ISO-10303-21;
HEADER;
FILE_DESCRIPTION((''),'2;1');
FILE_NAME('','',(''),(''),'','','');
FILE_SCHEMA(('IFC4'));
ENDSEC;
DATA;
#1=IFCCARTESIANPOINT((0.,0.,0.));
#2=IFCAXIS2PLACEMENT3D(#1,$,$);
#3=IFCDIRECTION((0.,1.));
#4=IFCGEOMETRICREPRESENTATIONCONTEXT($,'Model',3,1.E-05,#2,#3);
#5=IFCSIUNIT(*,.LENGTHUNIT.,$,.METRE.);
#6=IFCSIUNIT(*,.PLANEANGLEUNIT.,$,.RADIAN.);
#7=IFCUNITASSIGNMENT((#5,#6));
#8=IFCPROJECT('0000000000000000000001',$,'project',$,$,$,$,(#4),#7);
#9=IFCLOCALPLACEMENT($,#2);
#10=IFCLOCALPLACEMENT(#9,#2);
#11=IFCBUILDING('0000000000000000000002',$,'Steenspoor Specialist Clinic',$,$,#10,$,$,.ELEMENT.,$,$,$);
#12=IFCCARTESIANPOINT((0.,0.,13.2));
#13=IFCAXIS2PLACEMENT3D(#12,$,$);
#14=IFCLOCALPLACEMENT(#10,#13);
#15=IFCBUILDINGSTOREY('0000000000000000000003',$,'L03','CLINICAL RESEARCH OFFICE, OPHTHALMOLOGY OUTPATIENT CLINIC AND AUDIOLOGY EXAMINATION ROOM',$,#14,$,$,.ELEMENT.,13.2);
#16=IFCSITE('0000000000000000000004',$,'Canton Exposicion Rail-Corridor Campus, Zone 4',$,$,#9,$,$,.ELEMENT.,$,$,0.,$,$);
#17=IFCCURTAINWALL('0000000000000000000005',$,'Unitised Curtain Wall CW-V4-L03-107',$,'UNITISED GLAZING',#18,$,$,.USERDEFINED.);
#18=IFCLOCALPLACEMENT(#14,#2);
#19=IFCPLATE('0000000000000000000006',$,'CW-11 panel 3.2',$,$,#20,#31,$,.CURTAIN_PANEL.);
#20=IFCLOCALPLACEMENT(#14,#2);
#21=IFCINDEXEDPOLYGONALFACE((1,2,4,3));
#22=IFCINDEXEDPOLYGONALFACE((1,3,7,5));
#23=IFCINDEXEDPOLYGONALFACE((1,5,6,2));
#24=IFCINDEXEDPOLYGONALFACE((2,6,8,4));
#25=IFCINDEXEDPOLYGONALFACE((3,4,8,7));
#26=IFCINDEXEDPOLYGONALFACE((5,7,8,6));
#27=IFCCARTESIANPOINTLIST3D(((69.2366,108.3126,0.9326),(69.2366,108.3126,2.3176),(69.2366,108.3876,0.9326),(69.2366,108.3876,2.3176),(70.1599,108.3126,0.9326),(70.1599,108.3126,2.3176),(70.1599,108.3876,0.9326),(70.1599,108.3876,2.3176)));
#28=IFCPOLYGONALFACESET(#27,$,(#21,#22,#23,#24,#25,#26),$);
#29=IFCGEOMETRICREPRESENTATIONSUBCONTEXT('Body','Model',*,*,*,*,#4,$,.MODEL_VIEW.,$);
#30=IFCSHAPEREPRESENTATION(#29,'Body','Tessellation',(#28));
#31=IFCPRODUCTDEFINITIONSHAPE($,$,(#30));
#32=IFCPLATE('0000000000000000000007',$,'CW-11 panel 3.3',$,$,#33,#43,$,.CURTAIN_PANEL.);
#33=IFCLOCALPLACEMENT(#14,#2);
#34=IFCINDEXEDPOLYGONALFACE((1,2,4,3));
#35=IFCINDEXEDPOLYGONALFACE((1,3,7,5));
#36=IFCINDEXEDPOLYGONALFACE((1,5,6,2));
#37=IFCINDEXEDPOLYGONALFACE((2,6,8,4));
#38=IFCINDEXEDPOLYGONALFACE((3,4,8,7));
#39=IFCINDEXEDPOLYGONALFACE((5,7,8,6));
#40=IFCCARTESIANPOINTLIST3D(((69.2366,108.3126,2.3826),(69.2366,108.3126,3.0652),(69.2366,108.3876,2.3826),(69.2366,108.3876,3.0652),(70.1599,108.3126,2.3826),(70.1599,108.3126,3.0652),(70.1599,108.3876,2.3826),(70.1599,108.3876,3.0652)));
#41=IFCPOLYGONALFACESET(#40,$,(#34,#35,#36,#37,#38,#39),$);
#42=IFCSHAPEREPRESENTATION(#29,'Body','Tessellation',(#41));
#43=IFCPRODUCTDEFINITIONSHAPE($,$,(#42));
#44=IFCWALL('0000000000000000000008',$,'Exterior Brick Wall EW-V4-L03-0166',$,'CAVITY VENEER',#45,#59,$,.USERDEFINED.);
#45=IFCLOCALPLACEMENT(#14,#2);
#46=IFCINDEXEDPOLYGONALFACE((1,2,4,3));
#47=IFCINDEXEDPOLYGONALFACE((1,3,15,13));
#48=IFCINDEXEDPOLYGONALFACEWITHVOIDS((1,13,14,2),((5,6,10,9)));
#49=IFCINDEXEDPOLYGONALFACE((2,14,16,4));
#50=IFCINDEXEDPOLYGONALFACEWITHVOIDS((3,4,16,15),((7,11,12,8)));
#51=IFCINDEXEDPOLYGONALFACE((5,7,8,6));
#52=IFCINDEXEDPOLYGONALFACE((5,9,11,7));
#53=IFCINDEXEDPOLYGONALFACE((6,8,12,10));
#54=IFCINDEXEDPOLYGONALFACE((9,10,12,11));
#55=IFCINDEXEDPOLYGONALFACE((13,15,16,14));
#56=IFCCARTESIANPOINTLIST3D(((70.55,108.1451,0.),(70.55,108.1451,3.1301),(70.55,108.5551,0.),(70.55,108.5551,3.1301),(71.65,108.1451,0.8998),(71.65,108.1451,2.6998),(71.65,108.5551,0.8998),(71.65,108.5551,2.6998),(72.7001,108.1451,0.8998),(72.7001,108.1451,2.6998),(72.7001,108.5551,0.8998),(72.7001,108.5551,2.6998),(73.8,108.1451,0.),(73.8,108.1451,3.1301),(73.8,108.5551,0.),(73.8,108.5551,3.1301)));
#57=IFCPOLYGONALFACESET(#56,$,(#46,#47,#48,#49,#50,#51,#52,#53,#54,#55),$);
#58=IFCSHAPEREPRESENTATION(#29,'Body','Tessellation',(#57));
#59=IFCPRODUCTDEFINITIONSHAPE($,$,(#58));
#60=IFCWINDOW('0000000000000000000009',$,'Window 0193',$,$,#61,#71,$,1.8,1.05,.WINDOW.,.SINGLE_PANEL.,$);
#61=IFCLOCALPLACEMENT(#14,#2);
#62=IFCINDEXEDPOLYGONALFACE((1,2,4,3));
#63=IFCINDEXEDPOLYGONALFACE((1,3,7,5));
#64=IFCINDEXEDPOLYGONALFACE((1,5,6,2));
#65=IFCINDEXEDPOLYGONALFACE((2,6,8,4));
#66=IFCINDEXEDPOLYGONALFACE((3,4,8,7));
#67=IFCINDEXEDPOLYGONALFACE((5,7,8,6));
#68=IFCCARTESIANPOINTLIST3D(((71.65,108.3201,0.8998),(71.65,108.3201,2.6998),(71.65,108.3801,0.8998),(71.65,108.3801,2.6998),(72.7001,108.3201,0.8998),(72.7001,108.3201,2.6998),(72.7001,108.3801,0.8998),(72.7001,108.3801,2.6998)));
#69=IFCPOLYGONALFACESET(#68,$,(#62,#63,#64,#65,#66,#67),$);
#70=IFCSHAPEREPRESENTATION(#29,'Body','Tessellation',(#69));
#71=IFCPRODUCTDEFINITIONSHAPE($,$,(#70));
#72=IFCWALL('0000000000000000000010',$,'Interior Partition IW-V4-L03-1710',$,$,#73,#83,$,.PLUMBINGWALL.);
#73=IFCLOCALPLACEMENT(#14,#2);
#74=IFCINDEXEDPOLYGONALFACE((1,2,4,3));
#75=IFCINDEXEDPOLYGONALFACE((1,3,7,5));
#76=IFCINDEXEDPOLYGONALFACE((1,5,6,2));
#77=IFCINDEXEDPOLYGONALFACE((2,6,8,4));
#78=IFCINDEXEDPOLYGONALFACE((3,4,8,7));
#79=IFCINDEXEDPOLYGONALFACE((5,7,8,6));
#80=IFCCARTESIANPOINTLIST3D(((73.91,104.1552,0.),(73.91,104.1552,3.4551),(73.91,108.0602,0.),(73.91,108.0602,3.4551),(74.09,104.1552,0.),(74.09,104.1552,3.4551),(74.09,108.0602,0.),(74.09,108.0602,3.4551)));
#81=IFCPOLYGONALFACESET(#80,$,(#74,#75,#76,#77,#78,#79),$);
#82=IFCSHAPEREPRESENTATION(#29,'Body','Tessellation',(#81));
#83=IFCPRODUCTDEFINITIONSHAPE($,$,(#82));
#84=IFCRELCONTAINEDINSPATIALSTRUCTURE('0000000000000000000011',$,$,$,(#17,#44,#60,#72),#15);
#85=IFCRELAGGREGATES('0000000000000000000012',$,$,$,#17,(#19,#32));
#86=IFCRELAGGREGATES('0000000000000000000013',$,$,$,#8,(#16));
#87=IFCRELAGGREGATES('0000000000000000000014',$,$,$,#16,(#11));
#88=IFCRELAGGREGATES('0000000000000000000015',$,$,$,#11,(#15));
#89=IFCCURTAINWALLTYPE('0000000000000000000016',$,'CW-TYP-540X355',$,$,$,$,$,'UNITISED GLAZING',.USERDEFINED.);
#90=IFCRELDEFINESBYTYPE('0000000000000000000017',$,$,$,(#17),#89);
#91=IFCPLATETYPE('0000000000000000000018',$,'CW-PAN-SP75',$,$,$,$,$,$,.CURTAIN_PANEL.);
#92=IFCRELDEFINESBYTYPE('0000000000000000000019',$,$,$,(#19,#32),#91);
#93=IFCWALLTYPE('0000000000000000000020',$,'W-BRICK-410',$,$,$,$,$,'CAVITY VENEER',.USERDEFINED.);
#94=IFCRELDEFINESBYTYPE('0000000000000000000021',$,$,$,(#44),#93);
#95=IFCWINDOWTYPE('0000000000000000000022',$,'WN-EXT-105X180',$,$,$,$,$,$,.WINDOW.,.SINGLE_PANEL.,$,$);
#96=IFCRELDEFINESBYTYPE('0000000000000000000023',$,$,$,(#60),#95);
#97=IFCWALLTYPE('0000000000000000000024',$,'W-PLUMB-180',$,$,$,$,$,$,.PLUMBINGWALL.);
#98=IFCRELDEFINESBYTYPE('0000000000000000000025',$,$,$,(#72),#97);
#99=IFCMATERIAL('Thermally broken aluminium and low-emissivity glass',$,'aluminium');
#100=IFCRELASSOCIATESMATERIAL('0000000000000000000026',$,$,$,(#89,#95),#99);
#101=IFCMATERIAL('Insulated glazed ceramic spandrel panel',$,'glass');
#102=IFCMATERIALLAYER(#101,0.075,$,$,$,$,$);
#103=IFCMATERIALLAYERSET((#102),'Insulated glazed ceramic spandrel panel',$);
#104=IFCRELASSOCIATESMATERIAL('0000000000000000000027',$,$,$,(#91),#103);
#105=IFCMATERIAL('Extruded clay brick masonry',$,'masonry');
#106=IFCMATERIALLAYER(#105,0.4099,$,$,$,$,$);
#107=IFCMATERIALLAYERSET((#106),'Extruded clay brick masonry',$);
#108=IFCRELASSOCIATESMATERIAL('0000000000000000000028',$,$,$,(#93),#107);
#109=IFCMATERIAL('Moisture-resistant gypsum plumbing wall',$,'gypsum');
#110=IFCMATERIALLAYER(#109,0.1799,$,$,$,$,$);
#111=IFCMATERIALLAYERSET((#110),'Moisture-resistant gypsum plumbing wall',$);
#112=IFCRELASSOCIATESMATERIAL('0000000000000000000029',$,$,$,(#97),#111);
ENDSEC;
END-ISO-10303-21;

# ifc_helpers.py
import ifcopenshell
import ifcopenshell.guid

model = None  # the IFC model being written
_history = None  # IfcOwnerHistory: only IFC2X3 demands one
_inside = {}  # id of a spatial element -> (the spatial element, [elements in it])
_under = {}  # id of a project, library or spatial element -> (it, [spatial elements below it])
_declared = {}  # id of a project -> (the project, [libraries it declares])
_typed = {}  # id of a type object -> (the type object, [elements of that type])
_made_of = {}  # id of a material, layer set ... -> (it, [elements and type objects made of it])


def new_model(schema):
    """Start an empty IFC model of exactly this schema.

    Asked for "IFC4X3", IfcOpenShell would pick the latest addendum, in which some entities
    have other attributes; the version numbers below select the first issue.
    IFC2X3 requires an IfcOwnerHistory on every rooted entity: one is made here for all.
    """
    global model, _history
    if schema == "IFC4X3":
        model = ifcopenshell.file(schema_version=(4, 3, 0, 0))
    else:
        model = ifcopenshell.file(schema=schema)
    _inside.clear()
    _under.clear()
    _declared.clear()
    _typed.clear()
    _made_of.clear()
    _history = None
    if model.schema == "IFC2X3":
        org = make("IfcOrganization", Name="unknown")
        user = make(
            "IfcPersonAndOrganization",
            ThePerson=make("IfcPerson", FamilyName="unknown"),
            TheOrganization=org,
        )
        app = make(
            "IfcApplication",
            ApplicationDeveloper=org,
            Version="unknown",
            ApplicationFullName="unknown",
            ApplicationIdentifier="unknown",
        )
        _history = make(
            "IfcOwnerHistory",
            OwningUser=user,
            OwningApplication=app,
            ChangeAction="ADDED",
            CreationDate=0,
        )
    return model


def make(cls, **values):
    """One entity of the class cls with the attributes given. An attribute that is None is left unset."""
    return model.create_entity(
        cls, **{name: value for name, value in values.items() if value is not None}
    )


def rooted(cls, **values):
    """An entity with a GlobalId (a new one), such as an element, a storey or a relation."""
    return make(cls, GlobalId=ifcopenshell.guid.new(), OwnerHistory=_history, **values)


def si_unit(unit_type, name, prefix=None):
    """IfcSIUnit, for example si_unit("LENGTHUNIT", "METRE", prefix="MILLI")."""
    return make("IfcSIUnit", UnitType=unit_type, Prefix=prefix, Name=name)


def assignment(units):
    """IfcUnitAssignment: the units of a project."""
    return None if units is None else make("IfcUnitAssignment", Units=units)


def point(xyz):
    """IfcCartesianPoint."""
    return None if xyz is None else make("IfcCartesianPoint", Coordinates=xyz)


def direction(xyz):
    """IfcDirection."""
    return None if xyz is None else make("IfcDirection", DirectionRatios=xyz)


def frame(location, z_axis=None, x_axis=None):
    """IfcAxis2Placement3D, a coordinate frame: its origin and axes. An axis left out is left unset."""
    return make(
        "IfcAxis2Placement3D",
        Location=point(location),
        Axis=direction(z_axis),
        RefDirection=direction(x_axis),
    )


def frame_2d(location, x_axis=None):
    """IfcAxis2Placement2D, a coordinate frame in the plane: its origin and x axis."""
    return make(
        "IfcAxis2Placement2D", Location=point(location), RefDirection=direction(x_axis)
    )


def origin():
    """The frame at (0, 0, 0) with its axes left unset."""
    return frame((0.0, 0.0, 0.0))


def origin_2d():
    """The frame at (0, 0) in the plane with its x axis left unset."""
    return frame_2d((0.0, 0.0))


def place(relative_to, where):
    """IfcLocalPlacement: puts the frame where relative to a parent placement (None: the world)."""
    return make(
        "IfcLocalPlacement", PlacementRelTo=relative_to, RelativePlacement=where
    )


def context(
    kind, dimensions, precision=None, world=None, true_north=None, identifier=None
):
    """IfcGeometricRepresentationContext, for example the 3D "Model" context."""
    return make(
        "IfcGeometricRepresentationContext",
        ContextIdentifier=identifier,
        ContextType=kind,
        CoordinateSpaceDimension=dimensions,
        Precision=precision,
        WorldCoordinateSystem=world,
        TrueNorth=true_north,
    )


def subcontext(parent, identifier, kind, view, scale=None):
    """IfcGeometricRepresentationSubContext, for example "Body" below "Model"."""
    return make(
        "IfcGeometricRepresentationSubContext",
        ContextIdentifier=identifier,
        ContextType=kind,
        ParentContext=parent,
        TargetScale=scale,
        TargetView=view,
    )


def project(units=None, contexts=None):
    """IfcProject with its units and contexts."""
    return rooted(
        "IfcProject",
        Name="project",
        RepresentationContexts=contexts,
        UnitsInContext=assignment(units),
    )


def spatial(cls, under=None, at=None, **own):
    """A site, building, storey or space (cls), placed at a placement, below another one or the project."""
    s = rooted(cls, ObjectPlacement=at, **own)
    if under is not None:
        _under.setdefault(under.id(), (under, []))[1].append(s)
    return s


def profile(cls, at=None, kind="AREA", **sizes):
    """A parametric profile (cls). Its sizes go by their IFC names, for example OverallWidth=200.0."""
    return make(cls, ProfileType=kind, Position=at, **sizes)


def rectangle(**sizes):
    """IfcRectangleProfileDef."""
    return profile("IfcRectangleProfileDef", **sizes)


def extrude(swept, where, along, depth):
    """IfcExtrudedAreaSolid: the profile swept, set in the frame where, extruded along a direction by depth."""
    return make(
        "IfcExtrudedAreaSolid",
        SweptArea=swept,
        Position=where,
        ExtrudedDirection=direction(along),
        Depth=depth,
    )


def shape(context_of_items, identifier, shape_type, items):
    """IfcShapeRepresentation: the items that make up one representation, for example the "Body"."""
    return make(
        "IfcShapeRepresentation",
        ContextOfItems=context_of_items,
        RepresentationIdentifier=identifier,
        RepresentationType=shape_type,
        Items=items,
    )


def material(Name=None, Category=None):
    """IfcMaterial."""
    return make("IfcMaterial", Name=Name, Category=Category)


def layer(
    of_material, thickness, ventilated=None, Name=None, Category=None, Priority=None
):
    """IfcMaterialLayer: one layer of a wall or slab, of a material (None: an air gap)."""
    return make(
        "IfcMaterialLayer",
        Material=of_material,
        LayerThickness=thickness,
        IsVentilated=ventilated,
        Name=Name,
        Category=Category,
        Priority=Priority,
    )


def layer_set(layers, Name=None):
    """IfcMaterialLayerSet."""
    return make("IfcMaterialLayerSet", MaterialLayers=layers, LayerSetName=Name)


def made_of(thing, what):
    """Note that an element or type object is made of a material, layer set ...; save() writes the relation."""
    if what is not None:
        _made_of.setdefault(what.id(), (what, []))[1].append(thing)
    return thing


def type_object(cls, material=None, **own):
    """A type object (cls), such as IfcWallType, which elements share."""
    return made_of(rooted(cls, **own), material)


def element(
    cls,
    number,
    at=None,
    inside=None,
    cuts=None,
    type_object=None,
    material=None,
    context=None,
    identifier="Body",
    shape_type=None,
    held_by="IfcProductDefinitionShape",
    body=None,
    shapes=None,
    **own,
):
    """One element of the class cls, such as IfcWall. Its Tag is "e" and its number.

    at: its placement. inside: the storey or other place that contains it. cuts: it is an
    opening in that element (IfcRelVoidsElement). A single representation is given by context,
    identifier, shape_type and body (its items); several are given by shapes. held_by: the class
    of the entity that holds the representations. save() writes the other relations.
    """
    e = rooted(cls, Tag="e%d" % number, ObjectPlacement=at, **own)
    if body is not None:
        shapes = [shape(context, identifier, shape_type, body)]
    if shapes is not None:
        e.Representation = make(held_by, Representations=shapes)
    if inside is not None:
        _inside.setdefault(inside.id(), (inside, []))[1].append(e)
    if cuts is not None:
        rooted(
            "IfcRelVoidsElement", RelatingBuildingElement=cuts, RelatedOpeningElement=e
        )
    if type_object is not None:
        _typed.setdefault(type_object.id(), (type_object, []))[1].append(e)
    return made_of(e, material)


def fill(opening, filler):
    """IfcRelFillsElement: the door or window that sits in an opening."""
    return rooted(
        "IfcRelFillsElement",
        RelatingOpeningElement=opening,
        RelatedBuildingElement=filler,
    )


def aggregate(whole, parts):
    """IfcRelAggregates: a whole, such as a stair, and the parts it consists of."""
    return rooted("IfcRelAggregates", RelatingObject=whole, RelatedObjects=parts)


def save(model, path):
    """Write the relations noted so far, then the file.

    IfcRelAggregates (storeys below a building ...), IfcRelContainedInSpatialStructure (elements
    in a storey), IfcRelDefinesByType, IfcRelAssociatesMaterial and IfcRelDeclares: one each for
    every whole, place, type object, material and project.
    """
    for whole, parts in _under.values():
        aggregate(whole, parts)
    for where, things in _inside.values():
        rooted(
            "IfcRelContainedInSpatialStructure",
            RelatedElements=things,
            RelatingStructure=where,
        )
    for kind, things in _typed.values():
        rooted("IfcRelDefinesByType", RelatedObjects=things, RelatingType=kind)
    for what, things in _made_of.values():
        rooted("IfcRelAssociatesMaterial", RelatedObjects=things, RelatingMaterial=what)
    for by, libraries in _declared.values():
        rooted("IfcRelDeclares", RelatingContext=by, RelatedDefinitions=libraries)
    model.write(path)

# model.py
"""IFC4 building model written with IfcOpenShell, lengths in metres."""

from ifc_helpers import new_model, si_unit, direction, frame, frame_2d, origin, origin_2d, place, context, subcontext, project, spatial, rectangle, extrude, material, layer, layer_set, type_object, element, fill, aggregate, save


model = new_model("IFC4")

# Units and contexts
model_context = context("Model", 3, precision=1e-05, world=origin(), true_north=direction((0.0, 1.0)))
body_context = subcontext(model_context, "Body", "Model", "MODEL_VIEW")
ifc_project = project(units=[si_unit("LENGTHUNIT", "METRE"), si_unit("PLANEANGLEUNIT", "RADIAN")], contexts=[model_context])

# Site, building, storey
site_placement = place(None, origin())
site = spatial("IfcSite", under=ifc_project, at=site_placement, Name="Canton Exposicion Rail-Corridor Campus, Zone 4", CompositionType="ELEMENT", RefElevation=0.0)
building_placement = place(site_placement, origin())
building = spatial("IfcBuilding", under=site, at=building_placement, Name="Steenspoor Specialist Clinic", CompositionType="ELEMENT")
storey_placement = place(building_placement, frame((0.0, 0.0, 13.2)))
storey = spatial("IfcBuildingStorey", under=building, at=storey_placement, Name="L03", Description="CLINICAL RESEARCH OFFICE, OPHTHALMOLOGY OUTPATIENT CLINIC AND AUDIOLOGY EXAMINATION ROOM", CompositionType="ELEMENT", Elevation=13.2)

# Curtain wall
ifc_material_1 = material(Name="Thermally broken aluminium and low-emissivity glass", Category="aluminium")
curtain_wall_type = type_object("IfcCurtainWallType", Name="CW-TYP-540X355", ElementType="UNITISED GLAZING", PredefinedType="USERDEFINED", material=ifc_material_1)
curtain_wall_placement = place(storey_placement, origin())
curtain_wall = element("IfcCurtainWall", 1, at=curtain_wall_placement, inside=storey, type_object=curtain_wall_type, Name="Unitised Curtain Wall CW-V4-L03-107", ObjectType="UNITISED GLAZING", PredefinedType="USERDEFINED")

# Plates
ifc_material_2 = material(Name="Insulated glazed ceramic spandrel panel", Category="glass")
ifc_layer_1 = layer(ifc_material_2, 0.075)
ifc_layer_set_1 = layer_set([ifc_layer_1], Name="Insulated glazed ceramic spandrel panel")
plate_type = type_object("IfcPlateType", Name="CW-PAN-SP75", PredefinedType="CURTAIN_PANEL", material=ifc_layer_set_1)
plate_1_placement = place(storey_placement, frame((69.6982, 108.3501, 0.9326), z_axis=(0.0, 0.0, 1.0), x_axis=(1.0, 0.0, 0.0)))
plate_1 = element("IfcPlate", 2, at=plate_1_placement, type_object=plate_type, Name="CW-11 panel 3.2", PredefinedType="CURTAIN_PANEL", context=body_context, shape_type="SweptSolid", body=[
    extrude(rectangle(XDim=0.9233, YDim=0.075, at=origin_2d()), origin(), (0.0, 0.0, 1.0), 1.385),
])
plate_2_placement = place(storey_placement, frame((69.6982, 108.3501, 2.3826), z_axis=(0.0, 0.0, 1.0), x_axis=(1.0, 0.0, 0.0)))
plate_2 = element("IfcPlate", 3, at=plate_2_placement, type_object=plate_type, Name="CW-11 panel 3.3", PredefinedType="CURTAIN_PANEL", context=body_context, shape_type="SweptSolid", body=[
    extrude(rectangle(XDim=0.9233, YDim=0.075, at=origin_2d()), origin(), (0.0, 0.0, 1.0), 0.6826),
])
aggregate(curtain_wall, [plate_1, plate_2])

# Wall, opening, window
ifc_material_3 = material(Name="Extruded clay brick masonry", Category="masonry")
ifc_layer_2 = layer(ifc_material_3, 0.4099)
ifc_layer_set_2 = layer_set([ifc_layer_2], Name="Extruded clay brick masonry")
wall_type_1 = type_object("IfcWallType", Name="W-BRICK-410", ElementType="CAVITY VENEER", PredefinedType="USERDEFINED", material=ifc_layer_set_2)
wall_1_placement = place(storey_placement, frame((70.55, 108.3501, 0.0), z_axis=(0.0, 0.0, 1.0), x_axis=(1.0, 0.0, 0.0)))
wall_1 = element("IfcWall", 4, at=wall_1_placement, inside=storey, type_object=wall_type_1, Name="Exterior Brick Wall EW-V4-L03-0166", ObjectType="CAVITY VENEER", PredefinedType="USERDEFINED", context=body_context, shape_type="SweptSolid", body=[
    extrude(rectangle(XDim=3.25, YDim=0.4099, at=frame_2d((1.625, 0.0))), origin(), (0.0, 0.0, 1.0), 3.1301),
])
opening_placement = place(wall_1_placement, frame((1.1001, 0.0, 0.8999)))
opening = element("IfcOpeningElement", 5, at=opening_placement, cuts=wall_1, PredefinedType="OPENING", context=body_context, shape_type="SweptSolid", body=[
    extrude(rectangle(XDim=1.05, YDim=1.8, at=frame_2d((0.5249, 0.8999))), frame((0.0, 0.2148, 0.0), z_axis=(0.0, -1.0, 0.0), x_axis=(1.0, 0.0, 0.0)), (0.0, 0.0, 1.0), 0.4299),
])
window_type = type_object("IfcWindowType", Name="WN-EXT-105X180", PartitioningType="SINGLE_PANEL", PredefinedType="WINDOW", material=ifc_material_1)
window_placement = place(opening_placement, origin())
window = element("IfcWindow", 6, at=window_placement, inside=storey, type_object=window_type, Name="Window 0193", OverallHeight=1.8, OverallWidth=1.05, PartitioningType="SINGLE_PANEL", PredefinedType="WINDOW", context=body_context, shape_type="SweptSolid", body=[
    extrude(rectangle(XDim=1.05, YDim=1.8, at=frame_2d((0.5249, 0.8999))), frame((0.0, 0.03, 0.0), z_axis=(0.0, -1.0, 0.0), x_axis=(1.0, 0.0, 0.0)), (0.0, 0.0, 1.0), 0.0601),
])
fill(opening, window)

# Wall
ifc_material_4 = material(Name="Moisture-resistant gypsum plumbing wall", Category="gypsum")
ifc_layer_3 = layer(ifc_material_4, 0.1799)
ifc_layer_set_3 = layer_set([ifc_layer_3], Name="Moisture-resistant gypsum plumbing wall")
wall_type_2 = type_object("IfcWallType", Name="W-PLUMB-180", PredefinedType="PLUMBINGWALL", material=ifc_layer_set_3)
wall_2_placement = place(storey_placement, frame((74.0, 104.155, 0.0), z_axis=(0.0, 0.0, 1.0), x_axis=(0.0, 1.0, 0.0)))
element("IfcWall", 7, at=wall_2_placement, inside=storey, type_object=wall_type_2, Name="Interior Partition IW-V4-L03-1710", PredefinedType="PLUMBINGWALL", context=body_context, shape_type="SweptSolid", body=[
    extrude(rectangle(XDim=3.905, YDim=0.1799, at=frame_2d((1.9526, 0.0))), origin(), (0.0, 0.0, 1.0), 3.4551),
])

save(model, "model.ifc")
